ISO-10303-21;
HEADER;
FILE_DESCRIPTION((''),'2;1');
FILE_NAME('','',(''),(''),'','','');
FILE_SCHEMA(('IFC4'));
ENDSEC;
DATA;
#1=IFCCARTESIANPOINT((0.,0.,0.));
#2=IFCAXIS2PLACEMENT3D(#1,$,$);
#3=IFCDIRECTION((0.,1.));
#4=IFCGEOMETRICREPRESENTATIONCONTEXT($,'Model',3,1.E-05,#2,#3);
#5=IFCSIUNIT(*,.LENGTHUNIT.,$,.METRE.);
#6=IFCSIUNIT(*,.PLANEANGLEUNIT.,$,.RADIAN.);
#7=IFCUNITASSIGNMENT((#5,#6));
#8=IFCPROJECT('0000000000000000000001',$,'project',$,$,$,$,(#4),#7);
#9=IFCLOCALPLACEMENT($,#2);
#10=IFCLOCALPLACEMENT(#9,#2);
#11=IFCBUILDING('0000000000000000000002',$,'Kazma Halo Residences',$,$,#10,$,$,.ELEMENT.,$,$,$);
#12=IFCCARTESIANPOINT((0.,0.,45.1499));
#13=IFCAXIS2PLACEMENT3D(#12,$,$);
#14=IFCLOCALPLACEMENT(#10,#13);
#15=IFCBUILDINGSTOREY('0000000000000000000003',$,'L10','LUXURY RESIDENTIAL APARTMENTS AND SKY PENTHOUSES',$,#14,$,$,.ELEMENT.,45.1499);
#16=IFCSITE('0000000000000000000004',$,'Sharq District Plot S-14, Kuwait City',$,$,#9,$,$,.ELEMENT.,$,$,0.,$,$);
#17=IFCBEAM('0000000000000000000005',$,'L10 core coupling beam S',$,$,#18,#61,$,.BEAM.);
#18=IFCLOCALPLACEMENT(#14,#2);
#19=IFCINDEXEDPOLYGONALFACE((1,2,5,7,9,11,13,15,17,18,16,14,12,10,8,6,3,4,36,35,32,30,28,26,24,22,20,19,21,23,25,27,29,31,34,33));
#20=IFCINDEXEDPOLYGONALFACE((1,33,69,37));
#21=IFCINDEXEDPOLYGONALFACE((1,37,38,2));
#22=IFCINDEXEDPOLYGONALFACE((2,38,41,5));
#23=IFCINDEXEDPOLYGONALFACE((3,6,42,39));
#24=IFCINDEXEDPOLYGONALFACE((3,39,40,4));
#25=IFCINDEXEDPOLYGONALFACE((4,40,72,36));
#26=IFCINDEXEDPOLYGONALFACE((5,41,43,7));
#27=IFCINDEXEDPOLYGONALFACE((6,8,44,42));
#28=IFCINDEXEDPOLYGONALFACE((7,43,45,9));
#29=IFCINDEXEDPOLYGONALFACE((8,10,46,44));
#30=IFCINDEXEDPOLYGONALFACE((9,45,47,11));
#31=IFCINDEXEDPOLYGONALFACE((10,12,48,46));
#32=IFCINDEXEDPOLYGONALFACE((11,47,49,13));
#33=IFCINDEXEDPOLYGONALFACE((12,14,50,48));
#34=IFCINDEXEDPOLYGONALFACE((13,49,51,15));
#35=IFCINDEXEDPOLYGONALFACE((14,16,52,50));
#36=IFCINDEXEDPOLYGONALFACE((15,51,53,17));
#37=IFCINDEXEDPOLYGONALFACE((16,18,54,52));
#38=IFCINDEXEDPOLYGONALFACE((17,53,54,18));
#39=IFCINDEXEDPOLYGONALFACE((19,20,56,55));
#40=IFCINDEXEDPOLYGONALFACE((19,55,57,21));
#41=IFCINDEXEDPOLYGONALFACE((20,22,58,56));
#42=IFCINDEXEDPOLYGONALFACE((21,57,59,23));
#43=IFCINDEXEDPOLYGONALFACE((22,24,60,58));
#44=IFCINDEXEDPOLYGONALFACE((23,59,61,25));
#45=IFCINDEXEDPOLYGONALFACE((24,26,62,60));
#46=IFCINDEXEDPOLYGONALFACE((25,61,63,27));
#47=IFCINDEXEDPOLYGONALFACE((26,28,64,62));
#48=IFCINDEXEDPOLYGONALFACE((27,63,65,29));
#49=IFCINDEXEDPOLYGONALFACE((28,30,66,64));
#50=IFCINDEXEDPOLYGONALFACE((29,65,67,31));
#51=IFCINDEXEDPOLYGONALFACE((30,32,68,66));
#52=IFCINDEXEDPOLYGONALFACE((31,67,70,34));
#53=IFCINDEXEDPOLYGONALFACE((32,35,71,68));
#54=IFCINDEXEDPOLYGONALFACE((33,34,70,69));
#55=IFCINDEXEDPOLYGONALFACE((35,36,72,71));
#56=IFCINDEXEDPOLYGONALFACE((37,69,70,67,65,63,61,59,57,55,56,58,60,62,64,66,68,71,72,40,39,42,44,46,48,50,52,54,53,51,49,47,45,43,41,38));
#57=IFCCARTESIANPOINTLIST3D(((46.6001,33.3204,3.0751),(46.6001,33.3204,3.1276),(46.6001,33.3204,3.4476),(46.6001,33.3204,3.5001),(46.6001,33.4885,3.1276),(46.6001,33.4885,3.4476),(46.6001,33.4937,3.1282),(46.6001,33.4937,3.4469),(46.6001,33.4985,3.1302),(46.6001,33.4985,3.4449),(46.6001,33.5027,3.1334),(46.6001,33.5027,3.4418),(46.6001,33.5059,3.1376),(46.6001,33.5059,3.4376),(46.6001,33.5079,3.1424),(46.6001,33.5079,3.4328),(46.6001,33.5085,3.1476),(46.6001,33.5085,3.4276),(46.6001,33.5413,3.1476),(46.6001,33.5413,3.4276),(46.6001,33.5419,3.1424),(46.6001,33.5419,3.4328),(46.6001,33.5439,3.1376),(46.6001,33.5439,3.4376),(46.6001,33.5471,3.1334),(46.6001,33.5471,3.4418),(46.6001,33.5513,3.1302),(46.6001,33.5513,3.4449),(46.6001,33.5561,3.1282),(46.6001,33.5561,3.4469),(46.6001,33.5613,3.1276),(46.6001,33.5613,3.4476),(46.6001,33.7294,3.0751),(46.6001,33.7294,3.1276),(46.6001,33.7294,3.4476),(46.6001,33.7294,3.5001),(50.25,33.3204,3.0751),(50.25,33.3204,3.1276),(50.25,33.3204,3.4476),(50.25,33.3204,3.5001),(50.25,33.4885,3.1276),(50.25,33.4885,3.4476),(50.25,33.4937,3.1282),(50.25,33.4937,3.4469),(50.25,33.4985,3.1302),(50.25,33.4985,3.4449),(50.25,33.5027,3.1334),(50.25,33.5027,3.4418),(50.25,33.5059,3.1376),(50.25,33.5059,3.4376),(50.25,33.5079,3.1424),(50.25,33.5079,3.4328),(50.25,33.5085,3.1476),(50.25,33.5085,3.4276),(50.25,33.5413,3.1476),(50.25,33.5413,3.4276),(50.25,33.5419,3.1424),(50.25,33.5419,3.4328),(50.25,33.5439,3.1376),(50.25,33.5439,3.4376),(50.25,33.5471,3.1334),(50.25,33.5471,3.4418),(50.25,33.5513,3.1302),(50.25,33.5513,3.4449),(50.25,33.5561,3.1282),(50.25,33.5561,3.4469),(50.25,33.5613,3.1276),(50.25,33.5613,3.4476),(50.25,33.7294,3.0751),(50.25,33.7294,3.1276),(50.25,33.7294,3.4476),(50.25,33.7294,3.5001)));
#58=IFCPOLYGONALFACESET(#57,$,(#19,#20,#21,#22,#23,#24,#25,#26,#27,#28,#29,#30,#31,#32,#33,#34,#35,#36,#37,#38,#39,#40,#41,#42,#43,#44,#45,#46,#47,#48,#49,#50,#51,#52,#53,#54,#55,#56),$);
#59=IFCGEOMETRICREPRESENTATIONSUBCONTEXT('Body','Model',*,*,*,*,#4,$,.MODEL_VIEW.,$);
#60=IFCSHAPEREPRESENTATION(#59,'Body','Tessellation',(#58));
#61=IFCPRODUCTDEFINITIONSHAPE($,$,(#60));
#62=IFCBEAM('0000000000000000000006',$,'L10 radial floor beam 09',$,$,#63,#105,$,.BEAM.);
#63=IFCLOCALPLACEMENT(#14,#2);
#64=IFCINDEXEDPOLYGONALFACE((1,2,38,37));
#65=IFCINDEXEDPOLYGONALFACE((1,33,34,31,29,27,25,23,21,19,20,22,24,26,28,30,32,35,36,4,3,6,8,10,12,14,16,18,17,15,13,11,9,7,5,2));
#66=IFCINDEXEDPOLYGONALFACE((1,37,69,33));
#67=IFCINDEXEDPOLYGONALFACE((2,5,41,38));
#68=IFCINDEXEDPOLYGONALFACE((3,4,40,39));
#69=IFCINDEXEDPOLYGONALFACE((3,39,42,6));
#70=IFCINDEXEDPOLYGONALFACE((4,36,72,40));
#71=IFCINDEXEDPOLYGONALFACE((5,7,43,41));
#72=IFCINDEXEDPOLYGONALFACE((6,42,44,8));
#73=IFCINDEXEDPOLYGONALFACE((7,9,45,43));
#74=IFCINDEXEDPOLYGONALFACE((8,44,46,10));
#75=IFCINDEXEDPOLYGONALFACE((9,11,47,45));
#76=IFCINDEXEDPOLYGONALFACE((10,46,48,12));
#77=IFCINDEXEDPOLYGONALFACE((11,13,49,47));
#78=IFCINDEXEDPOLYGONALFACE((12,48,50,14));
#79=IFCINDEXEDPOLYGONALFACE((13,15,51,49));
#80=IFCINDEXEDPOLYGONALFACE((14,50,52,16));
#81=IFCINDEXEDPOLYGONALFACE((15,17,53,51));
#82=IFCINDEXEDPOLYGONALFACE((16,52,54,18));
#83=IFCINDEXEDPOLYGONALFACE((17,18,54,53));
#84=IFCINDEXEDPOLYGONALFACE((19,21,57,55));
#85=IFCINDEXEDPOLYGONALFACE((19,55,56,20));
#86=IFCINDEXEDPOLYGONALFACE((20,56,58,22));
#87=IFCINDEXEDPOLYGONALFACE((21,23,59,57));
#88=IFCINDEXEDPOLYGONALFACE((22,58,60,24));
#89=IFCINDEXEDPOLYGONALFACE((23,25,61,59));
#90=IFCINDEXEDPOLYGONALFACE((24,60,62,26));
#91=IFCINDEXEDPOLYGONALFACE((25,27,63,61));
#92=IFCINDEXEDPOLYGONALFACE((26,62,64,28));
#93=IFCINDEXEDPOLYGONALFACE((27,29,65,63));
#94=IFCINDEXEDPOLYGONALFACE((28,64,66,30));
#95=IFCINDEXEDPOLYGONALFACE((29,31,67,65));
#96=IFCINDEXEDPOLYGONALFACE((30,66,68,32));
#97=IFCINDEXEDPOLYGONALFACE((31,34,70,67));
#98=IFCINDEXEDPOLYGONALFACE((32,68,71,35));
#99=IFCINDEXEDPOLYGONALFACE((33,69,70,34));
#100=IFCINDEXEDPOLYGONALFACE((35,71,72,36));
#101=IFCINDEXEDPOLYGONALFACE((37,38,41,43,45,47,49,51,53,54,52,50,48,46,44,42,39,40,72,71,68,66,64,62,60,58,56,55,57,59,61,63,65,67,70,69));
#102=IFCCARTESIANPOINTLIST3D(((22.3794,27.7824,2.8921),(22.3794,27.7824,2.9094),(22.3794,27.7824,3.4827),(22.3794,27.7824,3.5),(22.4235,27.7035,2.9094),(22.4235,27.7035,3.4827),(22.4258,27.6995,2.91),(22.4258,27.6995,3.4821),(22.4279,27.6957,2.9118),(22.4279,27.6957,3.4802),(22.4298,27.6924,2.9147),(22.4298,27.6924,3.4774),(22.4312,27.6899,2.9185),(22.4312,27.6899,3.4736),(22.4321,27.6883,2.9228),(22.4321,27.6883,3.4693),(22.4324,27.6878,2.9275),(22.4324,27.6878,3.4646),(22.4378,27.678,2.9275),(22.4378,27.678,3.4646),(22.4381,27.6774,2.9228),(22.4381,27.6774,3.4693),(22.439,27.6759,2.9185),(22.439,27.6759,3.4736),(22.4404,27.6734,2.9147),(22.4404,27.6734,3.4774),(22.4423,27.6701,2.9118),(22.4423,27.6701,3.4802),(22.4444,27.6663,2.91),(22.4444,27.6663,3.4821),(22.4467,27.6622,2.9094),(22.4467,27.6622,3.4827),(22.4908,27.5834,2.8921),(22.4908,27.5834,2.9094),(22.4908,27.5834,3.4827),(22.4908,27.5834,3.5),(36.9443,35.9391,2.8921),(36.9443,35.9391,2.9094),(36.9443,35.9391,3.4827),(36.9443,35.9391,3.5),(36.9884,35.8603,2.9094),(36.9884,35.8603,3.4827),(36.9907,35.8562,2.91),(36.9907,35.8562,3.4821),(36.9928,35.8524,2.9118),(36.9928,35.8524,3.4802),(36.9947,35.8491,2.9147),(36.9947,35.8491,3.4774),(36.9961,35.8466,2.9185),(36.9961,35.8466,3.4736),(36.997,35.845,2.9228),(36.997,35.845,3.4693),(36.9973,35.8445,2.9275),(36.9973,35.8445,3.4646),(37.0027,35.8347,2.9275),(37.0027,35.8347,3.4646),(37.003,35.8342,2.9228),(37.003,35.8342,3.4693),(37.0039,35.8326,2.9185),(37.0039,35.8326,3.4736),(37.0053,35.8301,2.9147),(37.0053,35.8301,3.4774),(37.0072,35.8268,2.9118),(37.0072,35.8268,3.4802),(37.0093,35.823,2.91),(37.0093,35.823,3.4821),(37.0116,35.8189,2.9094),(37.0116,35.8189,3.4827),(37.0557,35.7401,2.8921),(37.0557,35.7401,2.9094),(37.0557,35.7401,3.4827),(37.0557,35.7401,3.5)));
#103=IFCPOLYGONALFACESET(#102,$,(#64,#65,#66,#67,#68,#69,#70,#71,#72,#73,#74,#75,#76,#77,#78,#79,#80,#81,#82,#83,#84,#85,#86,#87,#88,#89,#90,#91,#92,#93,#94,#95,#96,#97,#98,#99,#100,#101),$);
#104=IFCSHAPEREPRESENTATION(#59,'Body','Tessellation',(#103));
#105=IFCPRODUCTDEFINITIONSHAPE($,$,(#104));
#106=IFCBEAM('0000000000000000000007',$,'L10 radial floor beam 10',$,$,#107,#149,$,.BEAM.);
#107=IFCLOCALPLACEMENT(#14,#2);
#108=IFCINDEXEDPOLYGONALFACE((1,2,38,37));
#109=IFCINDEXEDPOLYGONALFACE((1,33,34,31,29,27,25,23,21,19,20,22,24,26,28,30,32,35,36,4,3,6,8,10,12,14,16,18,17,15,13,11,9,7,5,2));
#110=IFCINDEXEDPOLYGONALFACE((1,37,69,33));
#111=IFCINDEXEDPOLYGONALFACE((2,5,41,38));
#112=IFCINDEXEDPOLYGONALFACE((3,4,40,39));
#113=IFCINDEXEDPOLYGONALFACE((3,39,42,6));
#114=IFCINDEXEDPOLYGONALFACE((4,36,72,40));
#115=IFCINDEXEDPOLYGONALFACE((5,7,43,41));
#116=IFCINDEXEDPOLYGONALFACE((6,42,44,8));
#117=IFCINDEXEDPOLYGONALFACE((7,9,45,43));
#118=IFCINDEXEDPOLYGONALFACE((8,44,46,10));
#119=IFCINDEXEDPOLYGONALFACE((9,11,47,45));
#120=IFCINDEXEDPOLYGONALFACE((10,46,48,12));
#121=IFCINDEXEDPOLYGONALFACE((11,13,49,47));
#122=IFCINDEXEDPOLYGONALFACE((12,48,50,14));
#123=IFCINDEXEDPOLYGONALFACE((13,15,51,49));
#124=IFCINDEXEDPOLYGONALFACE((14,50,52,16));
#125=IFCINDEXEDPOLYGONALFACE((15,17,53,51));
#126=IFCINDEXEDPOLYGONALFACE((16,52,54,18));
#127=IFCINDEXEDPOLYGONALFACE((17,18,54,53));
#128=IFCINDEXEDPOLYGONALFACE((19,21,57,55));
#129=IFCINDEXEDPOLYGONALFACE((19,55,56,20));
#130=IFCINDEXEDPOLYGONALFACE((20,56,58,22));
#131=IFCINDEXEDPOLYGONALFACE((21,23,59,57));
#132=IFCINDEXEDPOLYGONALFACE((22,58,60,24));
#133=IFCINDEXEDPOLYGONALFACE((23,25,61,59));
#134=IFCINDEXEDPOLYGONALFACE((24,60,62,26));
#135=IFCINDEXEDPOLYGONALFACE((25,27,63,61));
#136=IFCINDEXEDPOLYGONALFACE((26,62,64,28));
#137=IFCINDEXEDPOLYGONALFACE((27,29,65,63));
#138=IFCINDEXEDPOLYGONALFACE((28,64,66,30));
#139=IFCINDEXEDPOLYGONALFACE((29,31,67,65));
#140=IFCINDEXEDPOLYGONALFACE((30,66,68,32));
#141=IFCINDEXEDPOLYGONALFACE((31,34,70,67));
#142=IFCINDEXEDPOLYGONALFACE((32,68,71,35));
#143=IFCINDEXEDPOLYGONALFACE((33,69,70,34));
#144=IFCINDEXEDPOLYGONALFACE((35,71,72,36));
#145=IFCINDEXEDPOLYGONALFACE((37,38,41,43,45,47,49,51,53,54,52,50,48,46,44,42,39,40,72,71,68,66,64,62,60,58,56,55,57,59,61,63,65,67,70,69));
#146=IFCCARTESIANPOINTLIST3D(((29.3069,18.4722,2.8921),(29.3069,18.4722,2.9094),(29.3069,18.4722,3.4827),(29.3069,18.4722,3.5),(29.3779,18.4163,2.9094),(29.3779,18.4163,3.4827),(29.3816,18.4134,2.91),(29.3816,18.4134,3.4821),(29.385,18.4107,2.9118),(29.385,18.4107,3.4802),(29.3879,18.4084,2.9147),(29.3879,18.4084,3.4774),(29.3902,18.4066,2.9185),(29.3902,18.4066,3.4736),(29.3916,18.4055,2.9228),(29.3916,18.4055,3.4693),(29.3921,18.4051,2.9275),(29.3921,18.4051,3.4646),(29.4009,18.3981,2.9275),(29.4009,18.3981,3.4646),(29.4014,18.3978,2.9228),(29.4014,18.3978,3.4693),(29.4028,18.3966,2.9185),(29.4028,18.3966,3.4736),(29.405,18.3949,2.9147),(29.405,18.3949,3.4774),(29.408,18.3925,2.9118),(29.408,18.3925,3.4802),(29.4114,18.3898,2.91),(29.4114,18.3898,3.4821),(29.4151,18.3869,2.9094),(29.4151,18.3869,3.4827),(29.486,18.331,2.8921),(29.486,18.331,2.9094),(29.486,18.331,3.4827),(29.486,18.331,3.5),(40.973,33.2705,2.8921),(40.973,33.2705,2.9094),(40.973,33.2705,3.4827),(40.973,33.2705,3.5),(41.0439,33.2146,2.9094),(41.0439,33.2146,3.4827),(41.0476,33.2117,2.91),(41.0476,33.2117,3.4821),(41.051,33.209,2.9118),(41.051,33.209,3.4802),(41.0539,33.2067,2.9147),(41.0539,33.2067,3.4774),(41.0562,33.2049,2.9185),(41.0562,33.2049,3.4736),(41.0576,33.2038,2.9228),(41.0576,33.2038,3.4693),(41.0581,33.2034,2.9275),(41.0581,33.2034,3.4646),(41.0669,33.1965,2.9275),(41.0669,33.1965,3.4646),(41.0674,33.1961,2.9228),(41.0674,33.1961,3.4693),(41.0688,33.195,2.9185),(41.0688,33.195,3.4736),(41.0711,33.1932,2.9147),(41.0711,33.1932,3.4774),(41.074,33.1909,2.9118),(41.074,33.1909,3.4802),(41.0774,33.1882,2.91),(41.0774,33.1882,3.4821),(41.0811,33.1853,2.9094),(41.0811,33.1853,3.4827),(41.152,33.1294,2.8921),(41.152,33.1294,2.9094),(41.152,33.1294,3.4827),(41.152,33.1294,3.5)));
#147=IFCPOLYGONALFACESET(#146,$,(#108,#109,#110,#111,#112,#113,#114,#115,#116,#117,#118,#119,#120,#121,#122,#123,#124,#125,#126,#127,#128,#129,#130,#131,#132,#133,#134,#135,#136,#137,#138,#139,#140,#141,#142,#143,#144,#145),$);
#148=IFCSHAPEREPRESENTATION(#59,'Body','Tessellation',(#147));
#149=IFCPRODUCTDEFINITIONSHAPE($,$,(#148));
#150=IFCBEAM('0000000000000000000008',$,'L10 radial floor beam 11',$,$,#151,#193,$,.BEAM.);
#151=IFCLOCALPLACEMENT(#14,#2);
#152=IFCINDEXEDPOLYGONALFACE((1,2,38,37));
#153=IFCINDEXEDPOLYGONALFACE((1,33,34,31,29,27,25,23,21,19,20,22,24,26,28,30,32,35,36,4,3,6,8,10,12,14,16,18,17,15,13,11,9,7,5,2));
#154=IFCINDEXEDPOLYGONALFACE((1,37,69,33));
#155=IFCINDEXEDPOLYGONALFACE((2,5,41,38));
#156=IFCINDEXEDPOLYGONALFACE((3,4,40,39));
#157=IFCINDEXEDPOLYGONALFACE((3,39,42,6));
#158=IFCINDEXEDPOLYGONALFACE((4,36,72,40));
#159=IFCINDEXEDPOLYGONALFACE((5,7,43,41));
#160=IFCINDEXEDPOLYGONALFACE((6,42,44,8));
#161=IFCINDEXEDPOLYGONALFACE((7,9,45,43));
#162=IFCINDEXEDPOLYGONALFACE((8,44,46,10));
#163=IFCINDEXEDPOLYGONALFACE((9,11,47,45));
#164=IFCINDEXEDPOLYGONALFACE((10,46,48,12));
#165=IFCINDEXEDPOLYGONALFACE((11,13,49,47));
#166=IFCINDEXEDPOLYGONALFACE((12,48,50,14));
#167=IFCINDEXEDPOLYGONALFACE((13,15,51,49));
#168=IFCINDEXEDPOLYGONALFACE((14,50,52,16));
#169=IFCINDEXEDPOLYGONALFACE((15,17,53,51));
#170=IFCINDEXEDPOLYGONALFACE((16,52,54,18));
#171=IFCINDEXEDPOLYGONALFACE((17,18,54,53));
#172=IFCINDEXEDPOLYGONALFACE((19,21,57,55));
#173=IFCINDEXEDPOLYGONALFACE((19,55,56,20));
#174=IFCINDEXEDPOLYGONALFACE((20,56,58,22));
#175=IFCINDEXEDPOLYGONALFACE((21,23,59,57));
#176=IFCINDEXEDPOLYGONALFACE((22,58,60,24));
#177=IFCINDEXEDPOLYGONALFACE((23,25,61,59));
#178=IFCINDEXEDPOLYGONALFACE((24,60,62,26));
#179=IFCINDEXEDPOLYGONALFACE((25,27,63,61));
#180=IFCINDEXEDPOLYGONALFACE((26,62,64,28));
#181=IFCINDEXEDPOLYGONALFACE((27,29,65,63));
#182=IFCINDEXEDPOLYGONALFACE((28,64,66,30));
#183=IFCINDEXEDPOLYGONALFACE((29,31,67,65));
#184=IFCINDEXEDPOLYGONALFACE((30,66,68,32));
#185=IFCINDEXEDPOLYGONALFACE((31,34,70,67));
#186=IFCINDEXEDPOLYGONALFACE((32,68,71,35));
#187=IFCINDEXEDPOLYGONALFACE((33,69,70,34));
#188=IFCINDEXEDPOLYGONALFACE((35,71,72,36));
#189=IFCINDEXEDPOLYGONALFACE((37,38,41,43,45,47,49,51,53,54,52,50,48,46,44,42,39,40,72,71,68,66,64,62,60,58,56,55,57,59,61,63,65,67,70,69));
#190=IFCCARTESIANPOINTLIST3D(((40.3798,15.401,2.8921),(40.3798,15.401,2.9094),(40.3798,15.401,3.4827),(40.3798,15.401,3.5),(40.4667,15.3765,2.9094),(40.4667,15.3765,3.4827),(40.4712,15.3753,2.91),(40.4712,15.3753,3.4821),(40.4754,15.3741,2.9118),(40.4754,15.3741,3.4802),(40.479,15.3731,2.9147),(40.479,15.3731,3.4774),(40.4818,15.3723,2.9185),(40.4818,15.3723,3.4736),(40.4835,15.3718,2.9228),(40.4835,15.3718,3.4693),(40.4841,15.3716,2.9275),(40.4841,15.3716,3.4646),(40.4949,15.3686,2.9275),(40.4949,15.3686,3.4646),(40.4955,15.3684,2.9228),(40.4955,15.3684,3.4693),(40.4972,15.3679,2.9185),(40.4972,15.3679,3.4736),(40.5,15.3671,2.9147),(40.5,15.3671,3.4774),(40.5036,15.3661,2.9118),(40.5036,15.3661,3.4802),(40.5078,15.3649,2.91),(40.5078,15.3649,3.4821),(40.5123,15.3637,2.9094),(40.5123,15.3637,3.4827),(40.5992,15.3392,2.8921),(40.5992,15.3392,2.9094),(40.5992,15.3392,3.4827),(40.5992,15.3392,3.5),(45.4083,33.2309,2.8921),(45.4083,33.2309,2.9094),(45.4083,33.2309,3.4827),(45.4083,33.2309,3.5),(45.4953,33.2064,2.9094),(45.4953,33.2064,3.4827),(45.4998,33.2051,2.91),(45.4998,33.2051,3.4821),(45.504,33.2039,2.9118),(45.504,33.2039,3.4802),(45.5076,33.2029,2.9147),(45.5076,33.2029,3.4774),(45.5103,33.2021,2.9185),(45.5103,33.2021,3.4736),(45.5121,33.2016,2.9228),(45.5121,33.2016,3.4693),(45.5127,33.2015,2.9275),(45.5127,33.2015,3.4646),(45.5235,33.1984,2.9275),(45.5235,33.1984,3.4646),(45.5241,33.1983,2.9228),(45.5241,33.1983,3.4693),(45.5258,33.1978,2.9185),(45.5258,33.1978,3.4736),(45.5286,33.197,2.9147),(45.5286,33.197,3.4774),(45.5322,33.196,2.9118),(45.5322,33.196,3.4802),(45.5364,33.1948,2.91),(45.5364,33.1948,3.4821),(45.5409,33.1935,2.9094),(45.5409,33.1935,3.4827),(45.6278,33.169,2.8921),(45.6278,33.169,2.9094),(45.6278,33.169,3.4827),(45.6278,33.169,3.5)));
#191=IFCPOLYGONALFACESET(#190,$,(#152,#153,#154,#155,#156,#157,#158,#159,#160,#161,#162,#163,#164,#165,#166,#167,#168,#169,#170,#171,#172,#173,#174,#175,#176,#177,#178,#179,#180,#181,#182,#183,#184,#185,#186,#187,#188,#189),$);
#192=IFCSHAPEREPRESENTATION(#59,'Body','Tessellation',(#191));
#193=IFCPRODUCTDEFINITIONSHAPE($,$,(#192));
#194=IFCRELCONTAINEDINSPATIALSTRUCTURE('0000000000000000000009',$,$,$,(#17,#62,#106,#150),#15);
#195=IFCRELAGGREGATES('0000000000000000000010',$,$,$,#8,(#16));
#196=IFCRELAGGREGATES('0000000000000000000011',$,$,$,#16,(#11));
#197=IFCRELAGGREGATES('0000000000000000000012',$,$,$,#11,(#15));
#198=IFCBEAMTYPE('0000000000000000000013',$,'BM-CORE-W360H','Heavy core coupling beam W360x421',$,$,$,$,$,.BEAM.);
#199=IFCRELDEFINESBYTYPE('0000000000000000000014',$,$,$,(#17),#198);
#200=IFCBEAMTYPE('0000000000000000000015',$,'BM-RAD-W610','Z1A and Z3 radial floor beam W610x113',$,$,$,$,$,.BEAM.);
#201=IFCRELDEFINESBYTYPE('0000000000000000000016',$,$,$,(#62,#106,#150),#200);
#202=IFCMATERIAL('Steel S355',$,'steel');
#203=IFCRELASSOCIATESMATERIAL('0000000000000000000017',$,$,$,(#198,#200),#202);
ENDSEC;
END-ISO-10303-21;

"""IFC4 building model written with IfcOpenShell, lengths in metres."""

from ifc_helpers import new_model, si_unit, direction, frame, origin, origin_2d, place, context, subcontext, project, spatial, i_section, extrude, material, material_profile, profile_set, type_object, element, save


model = new_model("IFC4")

# Units and contexts
model_context = context("Model", 3, precision=1e-05, world=origin(), true_north=direction((0.0, 1.0)))
body_context = subcontext(model_context, "Body", "Model", "MODEL_VIEW")
ifc_project = project(units=[si_unit("LENGTHUNIT", "METRE"), si_unit("PLANEANGLEUNIT", "RADIAN")], contexts=[model_context])

# Site, building, storey
site_placement = place(None, origin())
site = spatial("IfcSite", under=ifc_project, at=site_placement, Name="Sharq District Plot S-14, Kuwait City", CompositionType="ELEMENT", RefElevation=0.0)
building_placement = place(site_placement, origin())
building = spatial("IfcBuilding", under=site, at=building_placement, Name="Kazma Halo Residences", CompositionType="ELEMENT")
storey_placement = place(building_placement, frame((0.0, 0.0, 45.1499)))
storey = spatial("IfcBuildingStorey", under=building, at=storey_placement, Name="L10", Description="LUXURY RESIDENTIAL APARTMENTS AND SKY PENTHOUSES", CompositionType="ELEMENT", Elevation=45.1499)

# Beams
ifc_material_1 = material(Name="Steel S355", Category="steel")
ifc_material_profile_1 = material_profile(ifc_material_1, i_section(OverallWidth=0.4089, OverallDepth=0.425, WebThickness=0.0327, FlangeThickness=0.0525, FilletRadius=0.02, at=origin_2d()), Name="W360x421")
ifc_profile_set_1 = profile_set([ifc_material_profile_1], Name="Steel S355")
beam_type_1 = type_object("IfcBeamType", Name="BM-CORE-W360H", Description="Heavy core coupling beam W360x421", PredefinedType="BEAM", material=ifc_profile_set_1)
beam_1_placement = place(storey_placement, frame((46.6001, 33.5249, 3.2876), z_axis=(1.0, 0.0, 0.0), x_axis=(0.0, 1.0, 0.0)))
element("IfcBeam", 1, at=beam_1_placement, inside=storey, type_object=beam_type_1, Name="L10 core coupling beam S", PredefinedType="BEAM", context=body_context, shape_type="SweptSolid", body=[
    extrude(i_section(OverallWidth=0.4089, OverallDepth=0.425, WebThickness=0.0327, FlangeThickness=0.0525, FilletRadius=0.02, at=origin_2d()), origin(), (0.0, 0.0, 1.0), 3.6499),
])
ifc_material_profile_2 = material_profile(ifc_material_1, i_section(OverallWidth=0.228, OverallDepth=0.6079, WebThickness=0.0112, FlangeThickness=0.0173, FilletRadius=0.0181, at=origin_2d()), Name="W610x113")
ifc_profile_set_2 = profile_set([ifc_material_profile_2], Name="Steel S355")
beam_type_2 = type_object("IfcBeamType", Name="BM-RAD-W610", Description="Z1A and Z3 radial floor beam W610x113", PredefinedType="BEAM", material=ifc_profile_set_2)
beam_2_placement = place(storey_placement, frame((37.0, 35.8396, 3.196), z_axis=(-0.872497, -0.48862, 0.0), x_axis=(0.48862, -0.872497, 0.0)))
element("IfcBeam", 2, at=beam_2_placement, inside=storey, type_object=beam_type_2, Name="L10 radial floor beam 09", PredefinedType="BEAM", context=body_context, shape_type="SweptSolid", body=[
    extrude(i_section(OverallWidth=0.228, OverallDepth=0.6079, WebThickness=0.0112, FlangeThickness=0.0173, FilletRadius=0.0181, at=origin_2d()), origin(), (0.0, 0.0, 1.0), 16.6934),
])
beam_3_placement = place(storey_placement, frame((41.0625, 33.2, 3.196), z_axis=(-0.619092, -0.785318, 0.0), x_axis=(0.785318, -0.619092, 0.0)))
element("IfcBeam", 3, at=beam_3_placement, inside=storey, type_object=beam_type_2, Name="L10 radial floor beam 10", PredefinedType="BEAM", context=body_context, shape_type="SweptSolid", body=[
    extrude(i_section(OverallWidth=0.228, OverallDepth=0.6079, WebThickness=0.0112, FlangeThickness=0.0173, FilletRadius=0.0181, at=origin_2d()), origin(), (0.0, 0.0, 1.0), 18.8438),
])
beam_4_placement = place(storey_placement, frame((45.5181, 33.2, 3.196), z_axis=(-0.271442, -0.962455, 0.0), x_axis=(0.962455, -0.271442, 0.0)))
element("IfcBeam", 4, at=beam_4_placement, inside=storey, type_object=beam_type_2, Name="L10 radial floor beam 11", PredefinedType="BEAM", context=body_context, shape_type="SweptSolid", body=[
    extrude(i_section(OverallWidth=0.228, OverallDepth=0.6079, WebThickness=0.0112, FlangeThickness=0.0173, FilletRadius=0.0181, at=origin_2d()), origin(), (0.0, 0.0, 1.0), 18.5254),
])

save(model, "model.ifc")
